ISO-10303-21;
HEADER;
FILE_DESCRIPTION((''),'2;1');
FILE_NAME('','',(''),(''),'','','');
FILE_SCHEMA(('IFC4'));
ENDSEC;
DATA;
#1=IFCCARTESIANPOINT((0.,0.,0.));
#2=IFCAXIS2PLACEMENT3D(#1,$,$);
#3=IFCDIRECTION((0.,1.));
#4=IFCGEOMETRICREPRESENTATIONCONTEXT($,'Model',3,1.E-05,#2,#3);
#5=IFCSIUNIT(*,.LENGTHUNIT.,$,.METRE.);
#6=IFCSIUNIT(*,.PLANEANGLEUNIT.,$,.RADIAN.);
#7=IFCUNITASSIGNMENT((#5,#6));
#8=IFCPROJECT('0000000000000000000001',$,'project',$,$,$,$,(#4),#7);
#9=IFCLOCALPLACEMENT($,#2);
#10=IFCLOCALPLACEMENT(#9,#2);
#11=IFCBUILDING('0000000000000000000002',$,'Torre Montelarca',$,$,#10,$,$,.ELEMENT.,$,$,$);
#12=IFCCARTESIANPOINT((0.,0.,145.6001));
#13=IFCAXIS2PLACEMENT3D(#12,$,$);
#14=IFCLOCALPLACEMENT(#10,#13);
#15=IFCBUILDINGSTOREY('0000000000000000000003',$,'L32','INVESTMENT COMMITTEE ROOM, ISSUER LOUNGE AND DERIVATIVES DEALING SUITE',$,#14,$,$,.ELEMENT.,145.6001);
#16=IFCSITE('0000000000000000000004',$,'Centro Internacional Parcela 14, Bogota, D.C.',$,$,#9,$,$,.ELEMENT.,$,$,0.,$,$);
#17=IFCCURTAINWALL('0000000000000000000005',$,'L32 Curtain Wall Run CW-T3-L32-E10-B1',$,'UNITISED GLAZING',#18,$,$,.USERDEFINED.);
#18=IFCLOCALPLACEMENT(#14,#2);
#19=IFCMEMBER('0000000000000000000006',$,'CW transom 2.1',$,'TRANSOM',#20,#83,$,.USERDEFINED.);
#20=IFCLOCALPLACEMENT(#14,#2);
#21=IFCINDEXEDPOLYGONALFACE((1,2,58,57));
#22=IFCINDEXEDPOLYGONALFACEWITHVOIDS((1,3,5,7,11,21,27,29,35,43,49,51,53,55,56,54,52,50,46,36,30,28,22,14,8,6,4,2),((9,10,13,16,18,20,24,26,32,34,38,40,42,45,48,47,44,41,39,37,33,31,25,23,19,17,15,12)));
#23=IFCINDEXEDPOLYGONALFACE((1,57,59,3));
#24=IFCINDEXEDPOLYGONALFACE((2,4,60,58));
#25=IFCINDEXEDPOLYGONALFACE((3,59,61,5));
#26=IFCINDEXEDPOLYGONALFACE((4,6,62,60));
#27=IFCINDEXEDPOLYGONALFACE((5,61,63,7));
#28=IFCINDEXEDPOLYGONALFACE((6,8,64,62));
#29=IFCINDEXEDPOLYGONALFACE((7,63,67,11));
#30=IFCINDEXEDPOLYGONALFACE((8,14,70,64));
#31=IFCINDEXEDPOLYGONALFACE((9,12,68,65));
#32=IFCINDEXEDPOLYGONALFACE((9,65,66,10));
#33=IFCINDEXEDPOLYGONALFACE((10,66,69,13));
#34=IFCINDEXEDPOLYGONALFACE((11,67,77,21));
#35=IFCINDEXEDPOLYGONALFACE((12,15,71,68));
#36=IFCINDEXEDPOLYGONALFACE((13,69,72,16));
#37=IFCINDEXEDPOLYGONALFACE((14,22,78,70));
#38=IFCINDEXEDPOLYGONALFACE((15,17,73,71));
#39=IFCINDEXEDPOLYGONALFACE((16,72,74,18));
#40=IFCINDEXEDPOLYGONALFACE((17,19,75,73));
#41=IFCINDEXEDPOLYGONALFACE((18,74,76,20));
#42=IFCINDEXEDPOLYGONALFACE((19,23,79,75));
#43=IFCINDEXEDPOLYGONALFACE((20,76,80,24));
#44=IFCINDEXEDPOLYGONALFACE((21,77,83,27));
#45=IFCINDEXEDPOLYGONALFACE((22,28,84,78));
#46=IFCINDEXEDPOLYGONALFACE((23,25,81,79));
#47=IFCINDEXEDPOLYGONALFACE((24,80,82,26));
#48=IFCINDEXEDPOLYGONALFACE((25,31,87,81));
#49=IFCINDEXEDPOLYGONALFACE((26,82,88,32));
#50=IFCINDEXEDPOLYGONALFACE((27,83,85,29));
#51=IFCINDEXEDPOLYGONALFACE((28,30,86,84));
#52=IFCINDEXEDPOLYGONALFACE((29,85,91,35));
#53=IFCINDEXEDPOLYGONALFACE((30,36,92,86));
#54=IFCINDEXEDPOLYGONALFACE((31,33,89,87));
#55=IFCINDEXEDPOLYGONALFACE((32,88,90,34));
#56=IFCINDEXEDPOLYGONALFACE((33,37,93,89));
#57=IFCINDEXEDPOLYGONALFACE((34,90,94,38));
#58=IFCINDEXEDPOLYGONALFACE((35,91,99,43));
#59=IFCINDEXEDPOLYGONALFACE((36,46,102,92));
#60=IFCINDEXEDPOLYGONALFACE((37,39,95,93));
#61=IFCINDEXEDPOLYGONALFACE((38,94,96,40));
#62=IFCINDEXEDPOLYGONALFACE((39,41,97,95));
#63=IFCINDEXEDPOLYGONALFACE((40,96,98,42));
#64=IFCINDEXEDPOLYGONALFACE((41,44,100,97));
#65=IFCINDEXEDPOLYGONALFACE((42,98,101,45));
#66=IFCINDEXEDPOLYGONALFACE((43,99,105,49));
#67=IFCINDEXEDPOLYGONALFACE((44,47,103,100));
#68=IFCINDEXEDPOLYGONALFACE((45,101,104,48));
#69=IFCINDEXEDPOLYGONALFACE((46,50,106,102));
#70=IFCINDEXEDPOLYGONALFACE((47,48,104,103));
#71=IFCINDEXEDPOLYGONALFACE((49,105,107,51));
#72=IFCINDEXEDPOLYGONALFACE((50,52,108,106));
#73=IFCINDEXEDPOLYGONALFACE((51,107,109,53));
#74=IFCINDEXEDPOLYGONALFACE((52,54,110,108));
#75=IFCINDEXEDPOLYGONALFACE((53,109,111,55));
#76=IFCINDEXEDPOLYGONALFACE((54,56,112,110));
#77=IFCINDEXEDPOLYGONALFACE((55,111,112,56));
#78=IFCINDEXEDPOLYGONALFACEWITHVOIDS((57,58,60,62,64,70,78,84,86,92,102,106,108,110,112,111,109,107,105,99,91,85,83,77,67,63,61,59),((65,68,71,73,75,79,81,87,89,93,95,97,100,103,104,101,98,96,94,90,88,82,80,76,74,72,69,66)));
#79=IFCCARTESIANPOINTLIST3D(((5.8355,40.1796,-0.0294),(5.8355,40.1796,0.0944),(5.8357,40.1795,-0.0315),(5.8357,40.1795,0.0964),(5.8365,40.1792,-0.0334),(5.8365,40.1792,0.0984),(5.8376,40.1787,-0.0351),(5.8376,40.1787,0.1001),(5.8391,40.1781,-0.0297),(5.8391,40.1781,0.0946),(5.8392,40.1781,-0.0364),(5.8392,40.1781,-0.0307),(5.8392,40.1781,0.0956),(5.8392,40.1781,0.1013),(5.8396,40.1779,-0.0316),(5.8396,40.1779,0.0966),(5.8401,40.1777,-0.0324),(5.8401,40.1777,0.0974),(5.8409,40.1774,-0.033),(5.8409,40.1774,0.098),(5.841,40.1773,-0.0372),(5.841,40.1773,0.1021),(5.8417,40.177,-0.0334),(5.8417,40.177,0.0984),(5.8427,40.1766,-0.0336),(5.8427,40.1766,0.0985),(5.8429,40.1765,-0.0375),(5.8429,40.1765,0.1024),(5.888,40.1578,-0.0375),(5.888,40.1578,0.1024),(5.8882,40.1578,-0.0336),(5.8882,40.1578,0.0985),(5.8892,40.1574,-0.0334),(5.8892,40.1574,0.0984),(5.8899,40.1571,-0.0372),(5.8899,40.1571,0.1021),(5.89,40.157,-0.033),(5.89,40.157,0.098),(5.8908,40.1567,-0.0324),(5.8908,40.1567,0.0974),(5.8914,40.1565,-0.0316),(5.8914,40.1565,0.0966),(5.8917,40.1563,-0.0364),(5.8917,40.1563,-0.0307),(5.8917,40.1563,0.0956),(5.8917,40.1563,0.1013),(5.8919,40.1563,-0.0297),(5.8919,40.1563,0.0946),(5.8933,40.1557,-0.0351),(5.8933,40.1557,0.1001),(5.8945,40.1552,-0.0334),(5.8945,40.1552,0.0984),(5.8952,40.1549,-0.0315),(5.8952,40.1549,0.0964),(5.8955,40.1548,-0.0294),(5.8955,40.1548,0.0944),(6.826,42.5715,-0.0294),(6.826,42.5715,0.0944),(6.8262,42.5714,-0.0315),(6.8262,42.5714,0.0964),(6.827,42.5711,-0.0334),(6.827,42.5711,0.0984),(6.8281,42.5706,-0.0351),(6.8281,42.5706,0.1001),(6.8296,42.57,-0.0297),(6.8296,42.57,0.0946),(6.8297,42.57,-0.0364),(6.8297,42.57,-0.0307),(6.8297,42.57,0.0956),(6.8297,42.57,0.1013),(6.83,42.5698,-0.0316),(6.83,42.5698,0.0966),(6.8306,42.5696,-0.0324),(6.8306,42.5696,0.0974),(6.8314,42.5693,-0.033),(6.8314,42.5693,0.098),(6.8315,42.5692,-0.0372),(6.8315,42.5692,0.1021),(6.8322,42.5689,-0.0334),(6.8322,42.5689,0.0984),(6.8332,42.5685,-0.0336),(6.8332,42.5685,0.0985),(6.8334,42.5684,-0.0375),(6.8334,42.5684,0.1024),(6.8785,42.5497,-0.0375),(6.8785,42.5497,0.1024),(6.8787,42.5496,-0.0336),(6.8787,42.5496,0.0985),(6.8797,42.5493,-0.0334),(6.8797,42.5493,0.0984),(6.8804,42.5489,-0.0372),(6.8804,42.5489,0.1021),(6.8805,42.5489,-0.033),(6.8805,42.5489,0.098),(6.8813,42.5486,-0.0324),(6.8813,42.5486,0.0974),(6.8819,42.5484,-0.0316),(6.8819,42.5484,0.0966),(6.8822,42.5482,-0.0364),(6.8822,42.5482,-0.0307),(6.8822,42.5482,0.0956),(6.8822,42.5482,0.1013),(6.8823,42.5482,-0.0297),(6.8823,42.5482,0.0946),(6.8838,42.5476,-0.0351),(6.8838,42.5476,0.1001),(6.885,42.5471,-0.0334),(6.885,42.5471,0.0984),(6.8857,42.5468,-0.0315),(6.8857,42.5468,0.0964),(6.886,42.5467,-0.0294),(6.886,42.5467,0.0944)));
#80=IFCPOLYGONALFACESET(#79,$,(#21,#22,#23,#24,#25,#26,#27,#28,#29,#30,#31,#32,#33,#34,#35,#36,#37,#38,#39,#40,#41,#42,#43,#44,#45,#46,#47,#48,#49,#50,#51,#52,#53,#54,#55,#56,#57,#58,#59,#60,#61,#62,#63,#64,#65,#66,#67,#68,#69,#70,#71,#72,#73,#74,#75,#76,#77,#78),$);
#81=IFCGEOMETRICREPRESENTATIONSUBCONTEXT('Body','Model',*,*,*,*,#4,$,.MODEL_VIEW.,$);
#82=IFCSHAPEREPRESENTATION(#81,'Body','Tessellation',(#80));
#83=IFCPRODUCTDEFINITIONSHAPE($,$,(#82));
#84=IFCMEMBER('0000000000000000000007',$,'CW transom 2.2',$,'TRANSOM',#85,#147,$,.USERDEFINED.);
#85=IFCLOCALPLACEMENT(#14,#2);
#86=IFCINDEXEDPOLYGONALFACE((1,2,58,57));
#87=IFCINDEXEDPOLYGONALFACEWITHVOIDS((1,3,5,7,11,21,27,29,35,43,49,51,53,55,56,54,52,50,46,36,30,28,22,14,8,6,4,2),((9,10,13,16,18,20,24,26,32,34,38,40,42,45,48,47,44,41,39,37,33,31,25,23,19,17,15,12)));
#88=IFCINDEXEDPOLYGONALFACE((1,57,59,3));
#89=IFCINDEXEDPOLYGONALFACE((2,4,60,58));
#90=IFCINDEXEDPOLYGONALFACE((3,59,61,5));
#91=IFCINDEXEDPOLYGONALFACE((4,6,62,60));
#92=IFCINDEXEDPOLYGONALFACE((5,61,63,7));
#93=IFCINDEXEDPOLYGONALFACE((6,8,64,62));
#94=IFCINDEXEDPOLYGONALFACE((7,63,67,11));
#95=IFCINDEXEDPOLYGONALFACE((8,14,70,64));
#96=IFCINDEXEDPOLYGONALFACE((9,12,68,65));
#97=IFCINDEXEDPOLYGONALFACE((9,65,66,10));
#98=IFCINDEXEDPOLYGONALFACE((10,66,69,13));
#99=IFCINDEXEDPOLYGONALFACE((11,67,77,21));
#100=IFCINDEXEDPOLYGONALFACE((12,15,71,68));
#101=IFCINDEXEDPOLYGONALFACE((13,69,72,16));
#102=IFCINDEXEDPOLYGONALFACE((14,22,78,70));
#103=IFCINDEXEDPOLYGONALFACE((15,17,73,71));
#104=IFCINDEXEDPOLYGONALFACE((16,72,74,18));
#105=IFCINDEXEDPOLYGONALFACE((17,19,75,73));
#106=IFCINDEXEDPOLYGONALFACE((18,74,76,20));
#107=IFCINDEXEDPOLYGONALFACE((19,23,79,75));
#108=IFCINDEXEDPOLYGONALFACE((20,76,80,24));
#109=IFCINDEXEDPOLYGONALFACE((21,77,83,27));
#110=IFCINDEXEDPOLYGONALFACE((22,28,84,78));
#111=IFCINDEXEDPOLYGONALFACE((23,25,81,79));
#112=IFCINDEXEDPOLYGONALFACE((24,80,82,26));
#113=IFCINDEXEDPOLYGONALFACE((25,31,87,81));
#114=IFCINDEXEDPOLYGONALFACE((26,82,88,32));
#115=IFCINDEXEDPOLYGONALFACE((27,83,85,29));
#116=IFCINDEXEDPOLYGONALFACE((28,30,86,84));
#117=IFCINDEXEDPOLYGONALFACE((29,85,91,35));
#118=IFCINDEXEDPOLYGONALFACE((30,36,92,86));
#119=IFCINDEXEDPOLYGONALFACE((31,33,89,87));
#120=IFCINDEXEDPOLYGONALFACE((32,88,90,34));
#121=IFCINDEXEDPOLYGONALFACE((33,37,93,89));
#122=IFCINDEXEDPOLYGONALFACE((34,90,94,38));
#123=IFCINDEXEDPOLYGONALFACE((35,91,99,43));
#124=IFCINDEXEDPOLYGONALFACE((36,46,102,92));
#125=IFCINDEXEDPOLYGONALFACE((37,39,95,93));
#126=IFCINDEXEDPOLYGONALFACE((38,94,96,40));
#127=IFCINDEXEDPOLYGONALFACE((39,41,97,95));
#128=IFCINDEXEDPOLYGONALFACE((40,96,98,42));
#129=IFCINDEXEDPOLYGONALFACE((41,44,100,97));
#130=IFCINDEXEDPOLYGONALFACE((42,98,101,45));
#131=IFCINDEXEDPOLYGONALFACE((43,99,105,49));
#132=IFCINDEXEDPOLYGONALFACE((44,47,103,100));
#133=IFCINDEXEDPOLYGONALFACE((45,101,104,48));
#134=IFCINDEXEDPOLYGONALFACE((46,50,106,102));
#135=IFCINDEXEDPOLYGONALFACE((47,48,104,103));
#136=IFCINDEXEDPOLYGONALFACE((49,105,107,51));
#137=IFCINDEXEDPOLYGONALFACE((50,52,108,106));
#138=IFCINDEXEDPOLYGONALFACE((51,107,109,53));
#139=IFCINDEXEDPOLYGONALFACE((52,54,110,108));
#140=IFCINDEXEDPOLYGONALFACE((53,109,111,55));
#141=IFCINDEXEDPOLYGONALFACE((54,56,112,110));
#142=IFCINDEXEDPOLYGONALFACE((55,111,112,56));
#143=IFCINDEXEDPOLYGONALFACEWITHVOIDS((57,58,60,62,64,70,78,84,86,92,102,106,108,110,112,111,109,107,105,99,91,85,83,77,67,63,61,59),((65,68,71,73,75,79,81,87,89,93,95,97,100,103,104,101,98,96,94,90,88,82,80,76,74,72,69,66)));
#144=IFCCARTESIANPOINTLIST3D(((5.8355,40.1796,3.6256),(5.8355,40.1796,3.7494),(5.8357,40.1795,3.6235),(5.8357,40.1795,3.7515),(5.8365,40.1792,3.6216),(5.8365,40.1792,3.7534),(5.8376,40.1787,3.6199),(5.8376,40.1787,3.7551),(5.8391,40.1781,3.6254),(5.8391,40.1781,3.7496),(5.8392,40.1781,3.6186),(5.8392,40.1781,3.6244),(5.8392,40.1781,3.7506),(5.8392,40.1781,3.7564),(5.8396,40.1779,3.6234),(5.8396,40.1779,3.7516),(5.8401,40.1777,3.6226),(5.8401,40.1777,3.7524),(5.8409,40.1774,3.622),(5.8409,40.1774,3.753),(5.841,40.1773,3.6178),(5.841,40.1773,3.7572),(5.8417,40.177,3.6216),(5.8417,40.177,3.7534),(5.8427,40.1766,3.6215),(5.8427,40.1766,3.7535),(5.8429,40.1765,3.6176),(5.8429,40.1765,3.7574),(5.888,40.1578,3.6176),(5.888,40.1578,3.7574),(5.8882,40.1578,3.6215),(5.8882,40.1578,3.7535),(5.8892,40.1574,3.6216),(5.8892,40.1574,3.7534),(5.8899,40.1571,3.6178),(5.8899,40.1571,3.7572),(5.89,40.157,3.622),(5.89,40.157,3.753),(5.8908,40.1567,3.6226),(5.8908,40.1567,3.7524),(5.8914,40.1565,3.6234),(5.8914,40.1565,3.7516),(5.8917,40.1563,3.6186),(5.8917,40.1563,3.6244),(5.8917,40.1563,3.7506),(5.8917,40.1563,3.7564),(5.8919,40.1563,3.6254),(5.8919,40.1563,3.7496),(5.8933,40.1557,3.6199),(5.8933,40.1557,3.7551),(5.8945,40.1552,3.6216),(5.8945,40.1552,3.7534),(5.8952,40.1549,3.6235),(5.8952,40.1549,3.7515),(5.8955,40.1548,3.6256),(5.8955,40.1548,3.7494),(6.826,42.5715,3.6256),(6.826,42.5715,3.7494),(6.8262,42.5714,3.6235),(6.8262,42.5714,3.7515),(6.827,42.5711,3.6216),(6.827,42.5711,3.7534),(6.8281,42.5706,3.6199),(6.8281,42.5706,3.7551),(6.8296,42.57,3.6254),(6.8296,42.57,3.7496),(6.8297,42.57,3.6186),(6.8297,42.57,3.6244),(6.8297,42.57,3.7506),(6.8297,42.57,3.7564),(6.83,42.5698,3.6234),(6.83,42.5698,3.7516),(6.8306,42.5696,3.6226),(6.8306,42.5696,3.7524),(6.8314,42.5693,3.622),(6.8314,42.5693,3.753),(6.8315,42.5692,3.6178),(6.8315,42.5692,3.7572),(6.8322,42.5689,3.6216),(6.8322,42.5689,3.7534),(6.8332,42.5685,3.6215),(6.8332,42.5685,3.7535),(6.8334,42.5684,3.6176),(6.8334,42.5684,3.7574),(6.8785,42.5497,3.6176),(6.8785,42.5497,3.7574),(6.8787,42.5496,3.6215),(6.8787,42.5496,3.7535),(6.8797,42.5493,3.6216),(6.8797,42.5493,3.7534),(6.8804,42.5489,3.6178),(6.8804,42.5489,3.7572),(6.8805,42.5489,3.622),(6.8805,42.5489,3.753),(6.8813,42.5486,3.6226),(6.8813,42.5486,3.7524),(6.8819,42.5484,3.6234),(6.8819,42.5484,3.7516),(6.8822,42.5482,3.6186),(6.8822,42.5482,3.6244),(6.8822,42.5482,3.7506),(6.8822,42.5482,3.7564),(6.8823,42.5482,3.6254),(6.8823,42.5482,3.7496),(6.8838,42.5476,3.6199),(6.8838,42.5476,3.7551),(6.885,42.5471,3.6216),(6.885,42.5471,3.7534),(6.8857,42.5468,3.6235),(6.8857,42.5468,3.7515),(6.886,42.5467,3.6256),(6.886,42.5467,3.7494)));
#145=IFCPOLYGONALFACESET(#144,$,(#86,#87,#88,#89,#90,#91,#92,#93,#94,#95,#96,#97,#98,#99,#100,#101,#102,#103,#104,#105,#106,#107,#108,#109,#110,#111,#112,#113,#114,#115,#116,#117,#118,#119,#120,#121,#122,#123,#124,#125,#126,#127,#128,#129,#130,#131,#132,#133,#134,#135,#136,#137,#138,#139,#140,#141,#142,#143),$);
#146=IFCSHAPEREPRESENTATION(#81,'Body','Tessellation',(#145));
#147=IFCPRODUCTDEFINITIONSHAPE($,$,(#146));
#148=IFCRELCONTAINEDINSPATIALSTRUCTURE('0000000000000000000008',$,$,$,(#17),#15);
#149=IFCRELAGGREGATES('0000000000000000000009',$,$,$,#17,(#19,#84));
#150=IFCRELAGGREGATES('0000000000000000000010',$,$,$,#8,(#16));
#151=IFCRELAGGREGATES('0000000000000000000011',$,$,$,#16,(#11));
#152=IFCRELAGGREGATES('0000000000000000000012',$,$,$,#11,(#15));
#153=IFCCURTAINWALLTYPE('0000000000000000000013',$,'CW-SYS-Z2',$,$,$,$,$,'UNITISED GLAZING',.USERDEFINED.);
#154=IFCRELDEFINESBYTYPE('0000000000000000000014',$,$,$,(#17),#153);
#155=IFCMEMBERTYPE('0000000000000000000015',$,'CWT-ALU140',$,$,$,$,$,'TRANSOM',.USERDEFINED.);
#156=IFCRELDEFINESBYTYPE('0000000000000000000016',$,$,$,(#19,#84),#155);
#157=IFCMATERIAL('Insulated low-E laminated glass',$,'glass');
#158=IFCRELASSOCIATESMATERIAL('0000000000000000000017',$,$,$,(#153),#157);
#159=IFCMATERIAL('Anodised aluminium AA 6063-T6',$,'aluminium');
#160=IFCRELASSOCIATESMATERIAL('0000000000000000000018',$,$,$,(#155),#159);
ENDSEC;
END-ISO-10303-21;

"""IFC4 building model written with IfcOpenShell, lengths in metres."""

from ifc_helpers import new_model, si_unit, direction, frame, origin, origin_2d, place, context, subcontext, project, spatial, hollow_rectangle, extrude, source, transform, mapped, material, material_profile, profile_set, type_object, element, aggregate, save


model = new_model("IFC4")

# Units and contexts
model_context = context("Model", 3, precision=1e-05, world=origin(), true_north=direction((0.0, 1.0)))
body_context = subcontext(model_context, "Body", "Model", "MODEL_VIEW")
ifc_project = project(units=[si_unit("LENGTHUNIT", "METRE"), si_unit("PLANEANGLEUNIT", "RADIAN")], contexts=[model_context])

# Site, building, storey
site_placement = place(None, origin())
site = spatial("IfcSite", under=ifc_project, at=site_placement, Name="Centro Internacional Parcela 14, Bogota, D.C.", CompositionType="ELEMENT", RefElevation=0.0)
building_placement = place(site_placement, origin())
building = spatial("IfcBuilding", under=site, at=building_placement, Name="Torre Montelarca", CompositionType="ELEMENT")
storey_placement = place(building_placement, frame((0.0, 0.0, 145.6001)))
storey = spatial("IfcBuildingStorey", under=building, at=storey_placement, Name="L32", Description="INVESTMENT COMMITTEE ROOM, ISSUER LOUNGE AND DERIVATIVES DEALING SUITE", CompositionType="ELEMENT", Elevation=145.6001)

# Curtain wall, members
ifc_material_1 = material(Name="Insulated low-E laminated glass", Category="glass")
curtain_wall_type = type_object("IfcCurtainWallType", Name="CW-SYS-Z2", ElementType="UNITISED GLAZING", PredefinedType="USERDEFINED", material=ifc_material_1)
ifc_material_2 = material(Name="Anodised aluminium AA 6063-T6", Category="aluminium")
ifc_material_profile_1 = material_profile(ifc_material_2, hollow_rectangle(XDim=0.0649, YDim=0.1399, WallThickness=0.0039, InnerFilletRadius=0.0039, OuterFilletRadius=0.0081, at=origin_2d()), Name="ALU65X140X4", Category="aluminium")
ifc_profile_set_1 = profile_set([ifc_material_profile_1], Name="Anodised aluminium AA 6063-T6")
member_type_1 = type_object("IfcMemberType", Name="CWT-ALU140", ElementType="TRANSOM", PredefinedType="USERDEFINED", material=ifc_profile_set_1)
curtain_wall_1_placement = place(storey_placement, origin())
curtain_wall_1 = element("IfcCurtainWall", 1, at=curtain_wall_1_placement, inside=storey, type_object=curtain_wall_type, Name="L32 Curtain Wall Run CW-T3-L32-E10-B1", ObjectType="UNITISED GLAZING", PredefinedType="USERDEFINED")
shared_shape_1 = source(origin(), body_context, "Body", "SweptSolid", [
    extrude(hollow_rectangle(XDim=0.0649, YDim=0.1399, WallThickness=0.0039, InnerFilletRadius=0.0039, OuterFilletRadius=0.0081, at=origin_2d()), origin(), (0.0, 0.0, 1.0), 2.5889),
])
member_1_placement = place(storey_placement, frame((6.856, 42.5591, 0.0325), z_axis=(-0.382599, -0.923915, 0.0), x_axis=(0.923915, -0.382599, 0.0)))
member_1 = element("IfcMember", 2, at=member_1_placement, type_object=member_type_1, Name="CW transom 2.1", ObjectType="TRANSOM", PredefinedType="USERDEFINED", context=body_context, shape_type="MappedRepresentation", body=[
    mapped(shared_shape_1, transform((0.0, 0.0, 0.0), scale=1.0)),
])
member_2_placement = place(storey_placement, frame((6.856, 42.5591, 3.6875), z_axis=(-0.382599, -0.923915, 0.0), x_axis=(0.923915, -0.382599, 0.0)))
member_2 = element("IfcMember", 3, at=member_2_placement, type_object=member_type_1, Name="CW transom 2.2", ObjectType="TRANSOM", PredefinedType="USERDEFINED", context=body_context, shape_type="MappedRepresentation", body=[
    mapped(shared_shape_1, transform((0.0, 0.0, 0.0), scale=1.0)),
])

aggregate(curtain_wall_1, [member_1, member_2])

save(model, "model.ifc")
